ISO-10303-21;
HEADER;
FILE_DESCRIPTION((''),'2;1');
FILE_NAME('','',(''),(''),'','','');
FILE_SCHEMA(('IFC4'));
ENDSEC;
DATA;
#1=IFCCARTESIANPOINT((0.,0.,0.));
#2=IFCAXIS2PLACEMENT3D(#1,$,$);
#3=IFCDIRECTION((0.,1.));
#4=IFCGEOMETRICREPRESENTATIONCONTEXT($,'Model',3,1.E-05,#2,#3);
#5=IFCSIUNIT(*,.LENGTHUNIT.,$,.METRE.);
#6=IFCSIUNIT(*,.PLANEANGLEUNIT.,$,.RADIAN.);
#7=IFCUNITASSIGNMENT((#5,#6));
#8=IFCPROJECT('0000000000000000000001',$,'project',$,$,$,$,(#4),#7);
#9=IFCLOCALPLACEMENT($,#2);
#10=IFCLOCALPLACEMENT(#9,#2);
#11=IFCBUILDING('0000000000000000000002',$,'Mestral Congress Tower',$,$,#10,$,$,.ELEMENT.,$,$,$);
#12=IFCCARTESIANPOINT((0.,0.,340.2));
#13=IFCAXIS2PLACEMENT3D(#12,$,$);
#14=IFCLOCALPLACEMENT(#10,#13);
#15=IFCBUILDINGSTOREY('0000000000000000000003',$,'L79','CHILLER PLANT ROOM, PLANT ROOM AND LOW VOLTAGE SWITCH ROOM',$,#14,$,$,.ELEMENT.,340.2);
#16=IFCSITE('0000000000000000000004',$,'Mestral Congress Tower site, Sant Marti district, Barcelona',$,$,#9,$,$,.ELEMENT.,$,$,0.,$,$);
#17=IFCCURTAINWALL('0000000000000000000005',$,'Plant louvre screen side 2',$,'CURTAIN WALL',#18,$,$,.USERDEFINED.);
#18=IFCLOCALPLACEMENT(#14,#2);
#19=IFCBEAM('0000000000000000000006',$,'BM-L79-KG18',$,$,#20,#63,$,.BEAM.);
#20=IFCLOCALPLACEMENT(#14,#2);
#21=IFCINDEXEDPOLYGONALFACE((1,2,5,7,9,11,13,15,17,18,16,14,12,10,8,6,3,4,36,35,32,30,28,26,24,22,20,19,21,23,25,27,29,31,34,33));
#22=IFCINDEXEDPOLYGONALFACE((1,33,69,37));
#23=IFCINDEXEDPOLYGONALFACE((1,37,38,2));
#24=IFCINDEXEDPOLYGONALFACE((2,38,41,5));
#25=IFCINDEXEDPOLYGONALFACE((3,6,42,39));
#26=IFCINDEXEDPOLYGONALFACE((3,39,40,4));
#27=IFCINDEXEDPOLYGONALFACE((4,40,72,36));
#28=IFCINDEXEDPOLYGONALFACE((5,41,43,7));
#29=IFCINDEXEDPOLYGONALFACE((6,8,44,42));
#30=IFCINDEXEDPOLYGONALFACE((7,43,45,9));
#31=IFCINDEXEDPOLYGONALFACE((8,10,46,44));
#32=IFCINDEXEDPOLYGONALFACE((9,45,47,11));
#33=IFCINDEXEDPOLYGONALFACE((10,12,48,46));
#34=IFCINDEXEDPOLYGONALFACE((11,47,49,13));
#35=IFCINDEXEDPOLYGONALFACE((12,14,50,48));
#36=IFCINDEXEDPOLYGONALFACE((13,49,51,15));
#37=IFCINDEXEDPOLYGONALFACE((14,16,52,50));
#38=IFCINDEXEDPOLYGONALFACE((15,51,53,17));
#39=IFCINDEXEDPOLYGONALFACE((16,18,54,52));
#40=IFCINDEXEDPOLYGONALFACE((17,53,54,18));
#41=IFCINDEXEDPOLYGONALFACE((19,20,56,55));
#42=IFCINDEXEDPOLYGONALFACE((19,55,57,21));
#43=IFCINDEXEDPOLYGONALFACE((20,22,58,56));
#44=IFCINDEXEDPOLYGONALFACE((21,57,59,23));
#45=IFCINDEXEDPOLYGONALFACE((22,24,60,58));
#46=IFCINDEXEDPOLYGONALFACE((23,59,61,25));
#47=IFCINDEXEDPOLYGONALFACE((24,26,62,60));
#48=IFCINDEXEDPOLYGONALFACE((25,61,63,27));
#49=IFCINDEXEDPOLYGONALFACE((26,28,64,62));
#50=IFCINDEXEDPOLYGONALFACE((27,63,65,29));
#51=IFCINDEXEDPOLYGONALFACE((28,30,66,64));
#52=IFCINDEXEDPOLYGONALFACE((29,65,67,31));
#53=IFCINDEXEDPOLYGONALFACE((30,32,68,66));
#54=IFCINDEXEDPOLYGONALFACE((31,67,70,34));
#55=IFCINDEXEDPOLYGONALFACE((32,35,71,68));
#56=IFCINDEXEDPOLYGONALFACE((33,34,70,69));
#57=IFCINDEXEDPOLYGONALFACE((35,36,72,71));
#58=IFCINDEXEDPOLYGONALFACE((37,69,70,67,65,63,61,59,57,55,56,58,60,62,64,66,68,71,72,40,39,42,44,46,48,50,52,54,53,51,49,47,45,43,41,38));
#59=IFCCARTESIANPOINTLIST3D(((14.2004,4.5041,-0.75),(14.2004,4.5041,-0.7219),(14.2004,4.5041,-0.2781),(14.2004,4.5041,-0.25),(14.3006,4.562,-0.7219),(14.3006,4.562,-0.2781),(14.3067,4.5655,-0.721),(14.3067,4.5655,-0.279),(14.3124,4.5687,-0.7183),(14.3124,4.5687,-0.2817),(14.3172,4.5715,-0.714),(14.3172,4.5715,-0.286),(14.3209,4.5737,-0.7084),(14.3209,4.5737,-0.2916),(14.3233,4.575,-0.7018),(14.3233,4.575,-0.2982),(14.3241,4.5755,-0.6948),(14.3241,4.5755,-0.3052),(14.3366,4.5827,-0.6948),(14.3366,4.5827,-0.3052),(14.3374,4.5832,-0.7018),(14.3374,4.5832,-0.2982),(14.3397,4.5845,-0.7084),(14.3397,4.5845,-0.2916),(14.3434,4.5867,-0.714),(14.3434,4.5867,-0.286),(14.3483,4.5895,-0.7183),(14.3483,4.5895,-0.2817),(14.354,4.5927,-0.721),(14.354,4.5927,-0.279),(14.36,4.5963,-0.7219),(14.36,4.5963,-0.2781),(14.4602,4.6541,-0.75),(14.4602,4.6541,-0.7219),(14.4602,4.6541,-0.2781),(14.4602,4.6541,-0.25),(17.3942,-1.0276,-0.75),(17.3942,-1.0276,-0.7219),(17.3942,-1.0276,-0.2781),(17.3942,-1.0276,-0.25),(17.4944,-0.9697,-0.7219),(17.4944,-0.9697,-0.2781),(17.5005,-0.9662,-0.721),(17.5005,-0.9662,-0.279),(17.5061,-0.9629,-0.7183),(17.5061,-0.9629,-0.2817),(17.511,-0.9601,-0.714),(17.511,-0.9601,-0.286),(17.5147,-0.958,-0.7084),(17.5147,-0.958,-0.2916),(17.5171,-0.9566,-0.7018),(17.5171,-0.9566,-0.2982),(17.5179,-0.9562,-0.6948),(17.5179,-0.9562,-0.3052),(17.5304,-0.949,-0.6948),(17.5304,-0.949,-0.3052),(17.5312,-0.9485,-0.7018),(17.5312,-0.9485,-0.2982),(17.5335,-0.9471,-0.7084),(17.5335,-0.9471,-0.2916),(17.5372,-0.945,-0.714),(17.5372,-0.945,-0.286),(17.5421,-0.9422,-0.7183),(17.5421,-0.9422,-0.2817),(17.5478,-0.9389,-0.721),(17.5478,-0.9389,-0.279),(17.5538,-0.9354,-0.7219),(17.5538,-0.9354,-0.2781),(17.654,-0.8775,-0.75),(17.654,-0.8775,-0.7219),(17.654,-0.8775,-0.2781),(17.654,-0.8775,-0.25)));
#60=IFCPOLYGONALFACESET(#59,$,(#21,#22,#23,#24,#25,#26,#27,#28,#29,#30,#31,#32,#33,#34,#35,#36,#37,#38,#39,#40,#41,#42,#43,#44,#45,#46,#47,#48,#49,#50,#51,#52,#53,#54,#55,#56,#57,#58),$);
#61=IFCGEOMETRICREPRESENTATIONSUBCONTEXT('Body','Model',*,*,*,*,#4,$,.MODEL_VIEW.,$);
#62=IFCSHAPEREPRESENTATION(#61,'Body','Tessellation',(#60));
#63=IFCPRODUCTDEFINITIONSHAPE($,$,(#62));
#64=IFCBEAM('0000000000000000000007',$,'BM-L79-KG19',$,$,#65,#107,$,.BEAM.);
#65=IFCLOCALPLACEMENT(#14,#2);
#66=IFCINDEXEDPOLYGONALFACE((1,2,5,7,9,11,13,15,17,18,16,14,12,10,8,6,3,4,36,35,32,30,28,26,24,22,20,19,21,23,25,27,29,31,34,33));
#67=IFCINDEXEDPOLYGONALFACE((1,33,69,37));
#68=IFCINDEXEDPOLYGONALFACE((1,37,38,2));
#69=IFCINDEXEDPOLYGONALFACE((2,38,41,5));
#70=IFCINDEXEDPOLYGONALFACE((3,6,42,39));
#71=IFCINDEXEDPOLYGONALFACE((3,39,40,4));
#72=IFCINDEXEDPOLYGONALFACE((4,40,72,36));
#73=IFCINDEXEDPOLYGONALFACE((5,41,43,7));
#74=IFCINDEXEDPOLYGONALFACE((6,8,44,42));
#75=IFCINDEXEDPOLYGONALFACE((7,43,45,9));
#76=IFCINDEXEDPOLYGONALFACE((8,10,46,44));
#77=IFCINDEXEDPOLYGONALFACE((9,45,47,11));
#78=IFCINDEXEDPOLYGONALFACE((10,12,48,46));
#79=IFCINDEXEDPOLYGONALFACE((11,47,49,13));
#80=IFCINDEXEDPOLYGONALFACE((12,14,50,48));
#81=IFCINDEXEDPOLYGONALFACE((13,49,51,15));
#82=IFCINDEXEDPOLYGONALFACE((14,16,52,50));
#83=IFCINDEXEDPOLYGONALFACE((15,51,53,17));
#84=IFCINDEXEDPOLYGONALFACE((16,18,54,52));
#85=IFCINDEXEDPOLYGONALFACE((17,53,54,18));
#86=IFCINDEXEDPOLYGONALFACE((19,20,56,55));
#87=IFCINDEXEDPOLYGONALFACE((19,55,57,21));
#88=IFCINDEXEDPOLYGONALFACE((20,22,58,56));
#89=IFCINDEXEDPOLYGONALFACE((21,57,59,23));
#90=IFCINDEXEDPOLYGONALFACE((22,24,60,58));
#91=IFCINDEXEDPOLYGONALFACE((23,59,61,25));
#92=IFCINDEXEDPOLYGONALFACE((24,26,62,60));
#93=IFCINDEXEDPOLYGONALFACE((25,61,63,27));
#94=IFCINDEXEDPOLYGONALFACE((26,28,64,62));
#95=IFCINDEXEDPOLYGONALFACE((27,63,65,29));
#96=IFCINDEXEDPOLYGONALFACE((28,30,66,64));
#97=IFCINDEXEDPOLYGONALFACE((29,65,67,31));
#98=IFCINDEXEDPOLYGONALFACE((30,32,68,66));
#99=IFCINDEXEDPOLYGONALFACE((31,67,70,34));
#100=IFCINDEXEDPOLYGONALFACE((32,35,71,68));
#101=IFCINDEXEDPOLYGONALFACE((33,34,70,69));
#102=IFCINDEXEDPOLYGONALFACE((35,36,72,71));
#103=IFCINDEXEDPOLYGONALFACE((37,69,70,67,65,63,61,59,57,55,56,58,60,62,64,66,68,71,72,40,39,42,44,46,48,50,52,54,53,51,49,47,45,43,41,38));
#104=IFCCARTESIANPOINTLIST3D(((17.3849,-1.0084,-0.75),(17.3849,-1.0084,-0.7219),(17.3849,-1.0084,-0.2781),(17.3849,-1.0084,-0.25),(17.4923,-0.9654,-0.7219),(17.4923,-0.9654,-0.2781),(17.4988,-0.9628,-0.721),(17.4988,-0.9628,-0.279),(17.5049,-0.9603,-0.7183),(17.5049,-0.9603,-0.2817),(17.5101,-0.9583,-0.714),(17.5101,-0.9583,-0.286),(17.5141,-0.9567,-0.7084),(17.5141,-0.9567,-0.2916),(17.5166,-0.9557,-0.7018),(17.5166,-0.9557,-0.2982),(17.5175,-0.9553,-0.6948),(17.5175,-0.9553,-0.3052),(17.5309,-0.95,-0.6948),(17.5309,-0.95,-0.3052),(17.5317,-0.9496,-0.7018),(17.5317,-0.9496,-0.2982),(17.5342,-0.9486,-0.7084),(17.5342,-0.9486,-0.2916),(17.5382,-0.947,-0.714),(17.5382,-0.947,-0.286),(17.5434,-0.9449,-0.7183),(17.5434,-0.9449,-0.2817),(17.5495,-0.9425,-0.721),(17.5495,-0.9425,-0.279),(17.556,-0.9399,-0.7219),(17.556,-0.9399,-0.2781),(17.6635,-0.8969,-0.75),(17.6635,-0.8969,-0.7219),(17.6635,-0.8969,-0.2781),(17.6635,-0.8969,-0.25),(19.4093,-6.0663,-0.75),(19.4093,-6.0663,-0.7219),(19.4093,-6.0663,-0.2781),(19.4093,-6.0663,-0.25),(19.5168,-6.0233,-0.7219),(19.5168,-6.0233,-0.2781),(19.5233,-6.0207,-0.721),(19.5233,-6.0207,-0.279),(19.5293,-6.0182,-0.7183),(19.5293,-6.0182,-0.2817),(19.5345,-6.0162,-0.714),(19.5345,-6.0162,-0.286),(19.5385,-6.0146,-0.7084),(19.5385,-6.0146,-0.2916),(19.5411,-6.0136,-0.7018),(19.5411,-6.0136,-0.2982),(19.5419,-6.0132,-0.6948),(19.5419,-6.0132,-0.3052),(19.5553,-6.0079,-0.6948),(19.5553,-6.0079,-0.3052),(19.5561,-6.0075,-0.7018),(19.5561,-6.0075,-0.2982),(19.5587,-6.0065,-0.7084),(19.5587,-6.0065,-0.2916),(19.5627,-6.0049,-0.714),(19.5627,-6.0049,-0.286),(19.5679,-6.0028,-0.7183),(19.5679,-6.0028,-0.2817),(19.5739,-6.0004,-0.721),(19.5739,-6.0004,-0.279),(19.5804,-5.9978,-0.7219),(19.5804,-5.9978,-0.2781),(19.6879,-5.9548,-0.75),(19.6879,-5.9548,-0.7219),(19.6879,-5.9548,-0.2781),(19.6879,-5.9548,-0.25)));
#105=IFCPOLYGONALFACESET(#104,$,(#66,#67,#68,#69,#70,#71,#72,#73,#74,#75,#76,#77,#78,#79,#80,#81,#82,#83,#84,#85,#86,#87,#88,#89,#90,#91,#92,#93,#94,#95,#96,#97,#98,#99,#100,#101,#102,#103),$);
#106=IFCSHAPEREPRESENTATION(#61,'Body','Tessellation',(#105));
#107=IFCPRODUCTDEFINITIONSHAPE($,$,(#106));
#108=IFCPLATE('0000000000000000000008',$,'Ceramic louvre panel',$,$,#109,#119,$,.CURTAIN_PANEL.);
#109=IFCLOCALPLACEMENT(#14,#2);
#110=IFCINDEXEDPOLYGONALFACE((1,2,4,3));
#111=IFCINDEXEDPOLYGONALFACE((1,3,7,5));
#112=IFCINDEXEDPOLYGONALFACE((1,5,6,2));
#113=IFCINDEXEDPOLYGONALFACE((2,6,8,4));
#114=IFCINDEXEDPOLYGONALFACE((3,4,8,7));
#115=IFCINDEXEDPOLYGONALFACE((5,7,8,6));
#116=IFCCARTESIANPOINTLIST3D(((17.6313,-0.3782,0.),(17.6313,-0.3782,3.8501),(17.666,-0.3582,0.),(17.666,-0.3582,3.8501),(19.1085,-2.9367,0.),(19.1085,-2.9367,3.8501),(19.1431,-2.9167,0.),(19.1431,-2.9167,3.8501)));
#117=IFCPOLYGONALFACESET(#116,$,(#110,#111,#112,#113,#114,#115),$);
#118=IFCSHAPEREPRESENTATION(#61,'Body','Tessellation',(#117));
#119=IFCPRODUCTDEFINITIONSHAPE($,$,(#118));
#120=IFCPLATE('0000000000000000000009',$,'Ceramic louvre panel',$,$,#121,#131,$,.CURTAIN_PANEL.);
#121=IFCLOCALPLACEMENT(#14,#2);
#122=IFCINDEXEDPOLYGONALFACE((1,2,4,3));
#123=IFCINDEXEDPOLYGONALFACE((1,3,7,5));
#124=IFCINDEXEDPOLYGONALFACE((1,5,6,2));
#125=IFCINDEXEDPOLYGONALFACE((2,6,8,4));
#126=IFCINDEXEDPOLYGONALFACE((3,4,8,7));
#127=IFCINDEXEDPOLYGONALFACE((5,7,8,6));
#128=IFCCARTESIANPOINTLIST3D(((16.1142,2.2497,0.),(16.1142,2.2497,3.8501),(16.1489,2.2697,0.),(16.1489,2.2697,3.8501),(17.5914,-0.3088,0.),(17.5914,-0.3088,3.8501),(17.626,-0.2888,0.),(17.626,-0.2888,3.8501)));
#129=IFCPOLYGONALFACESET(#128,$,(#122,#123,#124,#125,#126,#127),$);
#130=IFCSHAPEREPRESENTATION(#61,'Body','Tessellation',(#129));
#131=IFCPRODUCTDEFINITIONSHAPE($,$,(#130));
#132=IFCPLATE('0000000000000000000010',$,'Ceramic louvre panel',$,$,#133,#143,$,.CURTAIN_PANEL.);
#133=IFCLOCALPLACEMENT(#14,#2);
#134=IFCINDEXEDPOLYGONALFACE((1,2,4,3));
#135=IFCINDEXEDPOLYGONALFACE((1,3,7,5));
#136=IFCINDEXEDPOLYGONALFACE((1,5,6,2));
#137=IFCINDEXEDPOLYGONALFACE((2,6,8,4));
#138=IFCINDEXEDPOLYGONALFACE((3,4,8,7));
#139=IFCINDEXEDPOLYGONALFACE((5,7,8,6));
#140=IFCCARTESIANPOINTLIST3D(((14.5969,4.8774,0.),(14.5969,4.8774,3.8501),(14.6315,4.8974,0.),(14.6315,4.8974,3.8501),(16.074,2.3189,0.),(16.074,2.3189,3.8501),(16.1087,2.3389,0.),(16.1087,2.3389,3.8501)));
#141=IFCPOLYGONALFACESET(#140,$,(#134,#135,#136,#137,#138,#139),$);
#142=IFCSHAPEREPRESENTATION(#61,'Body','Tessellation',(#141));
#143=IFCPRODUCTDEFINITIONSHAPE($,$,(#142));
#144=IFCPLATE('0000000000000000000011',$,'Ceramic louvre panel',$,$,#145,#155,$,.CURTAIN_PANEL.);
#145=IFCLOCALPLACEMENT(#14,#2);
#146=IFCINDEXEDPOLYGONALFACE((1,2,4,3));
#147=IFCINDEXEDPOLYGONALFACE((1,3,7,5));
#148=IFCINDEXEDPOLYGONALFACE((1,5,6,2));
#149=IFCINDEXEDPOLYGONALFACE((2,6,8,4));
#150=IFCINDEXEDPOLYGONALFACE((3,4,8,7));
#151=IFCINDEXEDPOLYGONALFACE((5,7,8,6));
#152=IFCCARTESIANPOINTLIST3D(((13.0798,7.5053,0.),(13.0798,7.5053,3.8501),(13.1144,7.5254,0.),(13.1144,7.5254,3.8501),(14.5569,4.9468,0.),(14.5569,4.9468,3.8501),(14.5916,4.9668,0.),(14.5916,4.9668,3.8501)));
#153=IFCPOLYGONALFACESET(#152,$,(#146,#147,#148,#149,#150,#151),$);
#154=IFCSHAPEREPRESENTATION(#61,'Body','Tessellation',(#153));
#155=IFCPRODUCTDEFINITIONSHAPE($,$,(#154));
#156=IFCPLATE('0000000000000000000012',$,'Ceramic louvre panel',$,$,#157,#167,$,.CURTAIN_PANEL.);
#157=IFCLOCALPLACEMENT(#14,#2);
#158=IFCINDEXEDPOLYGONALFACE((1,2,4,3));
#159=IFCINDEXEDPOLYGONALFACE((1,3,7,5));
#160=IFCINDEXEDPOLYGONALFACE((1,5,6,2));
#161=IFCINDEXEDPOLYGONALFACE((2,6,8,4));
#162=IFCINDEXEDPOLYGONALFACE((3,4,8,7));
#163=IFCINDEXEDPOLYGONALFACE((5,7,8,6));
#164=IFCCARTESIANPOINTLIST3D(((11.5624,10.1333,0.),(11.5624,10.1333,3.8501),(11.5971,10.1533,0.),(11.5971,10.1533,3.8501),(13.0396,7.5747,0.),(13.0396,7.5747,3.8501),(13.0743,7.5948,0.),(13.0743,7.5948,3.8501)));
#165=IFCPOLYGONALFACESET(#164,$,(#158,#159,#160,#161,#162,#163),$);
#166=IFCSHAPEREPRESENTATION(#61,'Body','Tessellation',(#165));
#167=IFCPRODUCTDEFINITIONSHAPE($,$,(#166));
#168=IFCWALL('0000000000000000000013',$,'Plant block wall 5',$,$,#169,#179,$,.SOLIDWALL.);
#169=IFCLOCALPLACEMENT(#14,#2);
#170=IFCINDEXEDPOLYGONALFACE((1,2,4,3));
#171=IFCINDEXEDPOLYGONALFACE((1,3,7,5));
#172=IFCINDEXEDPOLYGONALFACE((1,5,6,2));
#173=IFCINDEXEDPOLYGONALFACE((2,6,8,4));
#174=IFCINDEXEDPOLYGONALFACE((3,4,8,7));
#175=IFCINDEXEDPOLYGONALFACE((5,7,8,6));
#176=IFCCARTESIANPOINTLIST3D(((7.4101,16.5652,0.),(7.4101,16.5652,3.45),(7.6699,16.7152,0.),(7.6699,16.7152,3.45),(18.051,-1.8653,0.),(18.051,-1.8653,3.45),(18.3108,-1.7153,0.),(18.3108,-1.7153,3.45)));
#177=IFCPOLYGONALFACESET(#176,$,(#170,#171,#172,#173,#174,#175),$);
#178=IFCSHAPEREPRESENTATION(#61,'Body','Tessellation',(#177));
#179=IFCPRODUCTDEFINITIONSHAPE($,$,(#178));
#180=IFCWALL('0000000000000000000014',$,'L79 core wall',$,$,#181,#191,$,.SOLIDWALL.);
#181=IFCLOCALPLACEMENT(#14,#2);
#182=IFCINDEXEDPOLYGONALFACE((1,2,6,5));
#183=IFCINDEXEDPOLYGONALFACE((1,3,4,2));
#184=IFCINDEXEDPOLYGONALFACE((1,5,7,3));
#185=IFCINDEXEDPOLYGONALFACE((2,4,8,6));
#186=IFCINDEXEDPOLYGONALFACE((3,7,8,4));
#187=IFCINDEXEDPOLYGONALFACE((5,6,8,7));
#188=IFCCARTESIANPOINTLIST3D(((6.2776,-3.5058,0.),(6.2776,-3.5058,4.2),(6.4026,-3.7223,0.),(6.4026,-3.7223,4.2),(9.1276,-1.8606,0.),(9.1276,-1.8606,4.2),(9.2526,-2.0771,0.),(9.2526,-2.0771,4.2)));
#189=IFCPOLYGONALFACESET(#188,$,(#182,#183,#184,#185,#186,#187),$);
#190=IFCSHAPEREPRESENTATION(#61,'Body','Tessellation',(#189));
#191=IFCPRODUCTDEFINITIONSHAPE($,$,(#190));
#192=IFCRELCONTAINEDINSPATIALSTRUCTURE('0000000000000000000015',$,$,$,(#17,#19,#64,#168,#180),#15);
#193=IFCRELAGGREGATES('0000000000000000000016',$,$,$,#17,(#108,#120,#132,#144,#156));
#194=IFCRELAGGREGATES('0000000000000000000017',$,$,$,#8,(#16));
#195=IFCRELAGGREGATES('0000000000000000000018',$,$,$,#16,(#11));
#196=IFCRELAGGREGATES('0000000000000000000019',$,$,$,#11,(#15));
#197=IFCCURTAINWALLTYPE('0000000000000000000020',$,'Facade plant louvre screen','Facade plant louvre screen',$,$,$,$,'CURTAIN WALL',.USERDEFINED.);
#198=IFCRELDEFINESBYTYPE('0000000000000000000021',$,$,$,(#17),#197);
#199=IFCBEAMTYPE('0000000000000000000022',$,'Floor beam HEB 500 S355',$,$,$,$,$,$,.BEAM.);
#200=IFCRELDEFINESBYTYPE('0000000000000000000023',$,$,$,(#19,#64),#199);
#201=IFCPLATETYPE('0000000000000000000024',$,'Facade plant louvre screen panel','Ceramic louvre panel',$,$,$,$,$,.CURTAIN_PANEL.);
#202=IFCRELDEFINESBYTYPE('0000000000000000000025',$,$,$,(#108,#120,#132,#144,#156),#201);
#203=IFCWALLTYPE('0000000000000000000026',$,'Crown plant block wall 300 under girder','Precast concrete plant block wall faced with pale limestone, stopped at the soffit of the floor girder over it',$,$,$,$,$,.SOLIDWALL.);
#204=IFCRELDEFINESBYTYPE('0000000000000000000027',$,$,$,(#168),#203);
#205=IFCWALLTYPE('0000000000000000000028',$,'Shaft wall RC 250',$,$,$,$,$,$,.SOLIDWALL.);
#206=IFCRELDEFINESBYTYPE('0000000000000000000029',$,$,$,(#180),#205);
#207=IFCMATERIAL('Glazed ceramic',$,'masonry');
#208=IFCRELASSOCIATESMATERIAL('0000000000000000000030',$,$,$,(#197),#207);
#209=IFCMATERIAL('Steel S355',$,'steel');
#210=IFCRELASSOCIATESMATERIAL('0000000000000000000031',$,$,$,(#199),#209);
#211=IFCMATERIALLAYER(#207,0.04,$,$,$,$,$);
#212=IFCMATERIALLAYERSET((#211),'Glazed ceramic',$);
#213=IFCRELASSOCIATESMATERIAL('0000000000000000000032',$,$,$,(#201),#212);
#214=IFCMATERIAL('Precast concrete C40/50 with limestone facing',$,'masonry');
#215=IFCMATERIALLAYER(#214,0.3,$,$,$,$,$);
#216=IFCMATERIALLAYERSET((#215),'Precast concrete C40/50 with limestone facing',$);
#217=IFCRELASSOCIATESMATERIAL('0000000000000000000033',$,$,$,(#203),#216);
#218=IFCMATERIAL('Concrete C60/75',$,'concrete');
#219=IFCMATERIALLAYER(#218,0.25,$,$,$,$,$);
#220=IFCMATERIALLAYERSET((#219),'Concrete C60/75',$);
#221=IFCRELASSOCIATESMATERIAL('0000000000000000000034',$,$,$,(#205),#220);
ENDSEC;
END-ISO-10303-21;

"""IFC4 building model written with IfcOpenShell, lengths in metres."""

from ifc_helpers import new_model, si_unit, direction, frame, frame_2d, origin, origin_2d, place, context, subcontext, project, spatial, rectangle, i_section, extrude, material, layer, layer_set, material_profile, profile_set, type_object, element, aggregate, save


model = new_model("IFC4")

# Units and contexts
model_context = context("Model", 3, precision=1e-05, world=origin(), true_north=direction((0.0, 1.0)))
body_context = subcontext(model_context, "Body", "Model", "MODEL_VIEW")
ifc_project = project(units=[si_unit("LENGTHUNIT", "METRE"), si_unit("PLANEANGLEUNIT", "RADIAN")], contexts=[model_context])

# Site, building, storey
site_placement = place(None, origin())
site = spatial("IfcSite", under=ifc_project, at=site_placement, Name="Mestral Congress Tower site, Sant Marti district, Barcelona", CompositionType="ELEMENT", RefElevation=0.0)
building_placement = place(site_placement, origin())
building = spatial("IfcBuilding", under=site, at=building_placement, Name="Mestral Congress Tower", CompositionType="ELEMENT")
storey_placement = place(building_placement, frame((0.0, 0.0, 340.2)))
storey = spatial("IfcBuildingStorey", under=building, at=storey_placement, Name="L79", Description="CHILLER PLANT ROOM, PLANT ROOM AND LOW VOLTAGE SWITCH ROOM", CompositionType="ELEMENT", Elevation=340.2)

# Shared definitions
ifc_material_1 = material(Name="Steel S355", Category="steel")

# Curtain wall
ifc_material_2 = material(Name="Glazed ceramic", Category="masonry")
curtain_wall_type = type_object("IfcCurtainWallType", Name="Facade plant louvre screen", Description="Facade plant louvre screen", ElementType="CURTAIN WALL", PredefinedType="USERDEFINED", material=ifc_material_2)
curtain_wall_placement = place(storey_placement, origin())
curtain_wall = element("IfcCurtainWall", 1, at=curtain_wall_placement, inside=storey, type_object=curtain_wall_type, Name="Plant louvre screen side 2", ObjectType="CURTAIN WALL", PredefinedType="USERDEFINED")

# Beams
ifc_material_profile_1 = material_profile(ifc_material_1, i_section(OverallWidth=0.3, OverallDepth=0.5, WebThickness=0.0144, FlangeThickness=0.0281, FilletRadius=0.0271, at=origin_2d()), Name="HEB 500")
ifc_profile_set_1 = profile_set([ifc_material_profile_1], Name="Steel S355")
beam_type_1 = type_object("IfcBeamType", Name="Floor beam HEB 500 S355", PredefinedType="BEAM", material=ifc_profile_set_1)
beam_1_placement = place(storey_placement, frame((14.3303, 4.5791, -0.5), z_axis=(0.500011, -0.866019, 0.0), x_axis=(0.866019, 0.500011, 0.0)))
element("IfcBeam", 2, at=beam_1_placement, inside=storey, type_object=beam_type_1, Name="BM-L79-KG18", PredefinedType="BEAM", context=body_context, shape_type="SweptSolid", body=[
    extrude(i_section(OverallWidth=0.3, OverallDepth=0.5, WebThickness=0.0144, FlangeThickness=0.0281, FilletRadius=0.0271, at=origin_2d()), origin(), (0.0, 0.0, 1.0), 6.3875),
])
beam_2_placement = place(storey_placement, frame((17.5242, -0.9526, -0.5), z_axis=(0.371592, -0.928396, 0.0), x_axis=(0.928396, 0.371592, 0.0)))
element("IfcBeam", 3, at=beam_2_placement, inside=storey, type_object=beam_type_1, Name="BM-L79-KG19", PredefinedType="BEAM", context=body_context, shape_type="SweptSolid", body=[
    extrude(i_section(OverallWidth=0.3, OverallDepth=0.5, WebThickness=0.0144, FlangeThickness=0.0281, FilletRadius=0.0271, at=origin_2d()), origin(), (0.0, 0.0, 1.0), 5.448),
])

# Plates
ifc_layer_1 = layer(ifc_material_2, 0.04)
ifc_layer_set_1 = layer_set([ifc_layer_1], Name="Glazed ceramic")
plate_type = type_object("IfcPlateType", Name="Facade plant louvre screen panel", Description="Ceramic louvre panel", PredefinedType="CURTAIN_PANEL", material=ifc_layer_set_1)
plate_1_placement = place(storey_placement, frame((18.3872, -1.6475, 0.0), z_axis=(0.0, 0.0, 1.0), x_axis=(-0.500002, 0.866025, 0.0)))
plate_1 = element("IfcPlate", 4, at=plate_1_placement, type_object=plate_type, Name="Ceramic louvre panel", PredefinedType="CURTAIN_PANEL", context=body_context, shape_type="SweptSolid", body=[
    extrude(rectangle(XDim=2.9543, YDim=0.04, at=origin_2d()), origin(), (0.0, 0.0, 1.0), 3.8501),
])
plate_2_placement = place(storey_placement, frame((16.8701, 0.9805, 0.0), z_axis=(0.0, 0.0, 1.0), x_axis=(-0.500002, 0.866025, 0.0)))
plate_2 = element("IfcPlate", 5, at=plate_2_placement, type_object=plate_type, Name="Ceramic louvre panel", PredefinedType="CURTAIN_PANEL", context=body_context, shape_type="SweptSolid", body=[
    extrude(rectangle(XDim=2.9543, YDim=0.04, at=origin_2d()), origin(), (0.0, 0.0, 1.0), 3.8501),
])
plate_3_placement = place(storey_placement, frame((15.3528, 3.6082, 0.0), z_axis=(0.0, 0.0, 1.0), x_axis=(-0.500002, 0.866025, 0.0)))
plate_3 = element("IfcPlate", 6, at=plate_3_placement, type_object=plate_type, Name="Ceramic louvre panel", PredefinedType="CURTAIN_PANEL", context=body_context, shape_type="SweptSolid", body=[
    extrude(rectangle(XDim=2.9543, YDim=0.04, at=origin_2d()), origin(), (0.0, 0.0, 1.0), 3.8501),
])
plate_4_placement = place(storey_placement, frame((13.8357, 6.2361, 0.0), z_axis=(0.0, 0.0, 1.0), x_axis=(-0.500002, 0.866025, 0.0)))
plate_4 = element("IfcPlate", 7, at=plate_4_placement, type_object=plate_type, Name="Ceramic louvre panel", PredefinedType="CURTAIN_PANEL", context=body_context, shape_type="SweptSolid", body=[
    extrude(rectangle(XDim=2.9543, YDim=0.04, at=origin_2d()), origin(), (0.0, 0.0, 1.0), 3.8501),
])
plate_5_placement = place(storey_placement, frame((12.3184, 8.864, 0.0), z_axis=(0.0, 0.0, 1.0), x_axis=(-0.500002, 0.866025, 0.0)))
plate_5 = element("IfcPlate", 8, at=plate_5_placement, type_object=plate_type, Name="Ceramic louvre panel", PredefinedType="CURTAIN_PANEL", context=body_context, shape_type="SweptSolid", body=[
    extrude(rectangle(XDim=2.9543, YDim=0.04, at=origin_2d()), origin(), (0.0, 0.0, 1.0), 3.8501),
])
aggregate(curtain_wall, [plate_1, plate_2, plate_3, plate_4, plate_5])

# Walls
ifc_material_3 = material(Name="Precast concrete C40/50 with limestone facing", Category="masonry")
ifc_layer_2 = layer(ifc_material_3, 0.3)
ifc_layer_set_2 = layer_set([ifc_layer_2], Name="Precast concrete C40/50 with limestone facing")
wall_type_1 = type_object("IfcWallType", Name="Crown plant block wall 300 under girder", Description="Precast concrete plant block wall faced with pale limestone, stopped at the soffit of the floor girder over it", PredefinedType="SOLIDWALL", material=ifc_layer_set_2)
wall_1_placement = place(storey_placement, frame((18.1809, -1.7903, 0.0), z_axis=(0.0, 0.0, 1.0), x_axis=(-0.500002, 0.866024, 0.0)))
element("IfcWall", 9, at=wall_1_placement, inside=storey, type_object=wall_type_1, Name="Plant block wall 5", PredefinedType="SOLIDWALL", context=body_context, shape_type="SweptSolid", body=[
    extrude(rectangle(XDim=21.2817, YDim=0.3, at=frame_2d((10.6409, 0.0))), origin(), (0.0, 0.0, 1.0), 3.45),
])
ifc_material_4 = material(Name="Concrete C60/75", Category="concrete")
ifc_layer_3 = layer(ifc_material_4, 0.25)
ifc_layer_set_3 = layer_set([ifc_layer_3], Name="Concrete C60/75")
wall_type_2 = type_object("IfcWallType", Name="Shaft wall RC 250", PredefinedType="SOLIDWALL", material=ifc_layer_set_3)
wall_2_placement = place(storey_placement, frame((9.1902, -1.9688, 0.0), z_axis=(0.0, 0.0, 1.0), x_axis=(-0.866057, -0.499945, 0.0)))
element("IfcWall", 10, at=wall_2_placement, inside=storey, type_object=wall_type_2, Name="L79 core wall", PredefinedType="SOLIDWALL", context=body_context, shape_type="SweptSolid", body=[
    extrude(rectangle(XDim=3.2908, YDim=0.25, at=frame_2d((1.6455, 0.0))), origin(), (0.0, 0.0, 1.0), 4.2),
])

save(model, "model.ifc")
